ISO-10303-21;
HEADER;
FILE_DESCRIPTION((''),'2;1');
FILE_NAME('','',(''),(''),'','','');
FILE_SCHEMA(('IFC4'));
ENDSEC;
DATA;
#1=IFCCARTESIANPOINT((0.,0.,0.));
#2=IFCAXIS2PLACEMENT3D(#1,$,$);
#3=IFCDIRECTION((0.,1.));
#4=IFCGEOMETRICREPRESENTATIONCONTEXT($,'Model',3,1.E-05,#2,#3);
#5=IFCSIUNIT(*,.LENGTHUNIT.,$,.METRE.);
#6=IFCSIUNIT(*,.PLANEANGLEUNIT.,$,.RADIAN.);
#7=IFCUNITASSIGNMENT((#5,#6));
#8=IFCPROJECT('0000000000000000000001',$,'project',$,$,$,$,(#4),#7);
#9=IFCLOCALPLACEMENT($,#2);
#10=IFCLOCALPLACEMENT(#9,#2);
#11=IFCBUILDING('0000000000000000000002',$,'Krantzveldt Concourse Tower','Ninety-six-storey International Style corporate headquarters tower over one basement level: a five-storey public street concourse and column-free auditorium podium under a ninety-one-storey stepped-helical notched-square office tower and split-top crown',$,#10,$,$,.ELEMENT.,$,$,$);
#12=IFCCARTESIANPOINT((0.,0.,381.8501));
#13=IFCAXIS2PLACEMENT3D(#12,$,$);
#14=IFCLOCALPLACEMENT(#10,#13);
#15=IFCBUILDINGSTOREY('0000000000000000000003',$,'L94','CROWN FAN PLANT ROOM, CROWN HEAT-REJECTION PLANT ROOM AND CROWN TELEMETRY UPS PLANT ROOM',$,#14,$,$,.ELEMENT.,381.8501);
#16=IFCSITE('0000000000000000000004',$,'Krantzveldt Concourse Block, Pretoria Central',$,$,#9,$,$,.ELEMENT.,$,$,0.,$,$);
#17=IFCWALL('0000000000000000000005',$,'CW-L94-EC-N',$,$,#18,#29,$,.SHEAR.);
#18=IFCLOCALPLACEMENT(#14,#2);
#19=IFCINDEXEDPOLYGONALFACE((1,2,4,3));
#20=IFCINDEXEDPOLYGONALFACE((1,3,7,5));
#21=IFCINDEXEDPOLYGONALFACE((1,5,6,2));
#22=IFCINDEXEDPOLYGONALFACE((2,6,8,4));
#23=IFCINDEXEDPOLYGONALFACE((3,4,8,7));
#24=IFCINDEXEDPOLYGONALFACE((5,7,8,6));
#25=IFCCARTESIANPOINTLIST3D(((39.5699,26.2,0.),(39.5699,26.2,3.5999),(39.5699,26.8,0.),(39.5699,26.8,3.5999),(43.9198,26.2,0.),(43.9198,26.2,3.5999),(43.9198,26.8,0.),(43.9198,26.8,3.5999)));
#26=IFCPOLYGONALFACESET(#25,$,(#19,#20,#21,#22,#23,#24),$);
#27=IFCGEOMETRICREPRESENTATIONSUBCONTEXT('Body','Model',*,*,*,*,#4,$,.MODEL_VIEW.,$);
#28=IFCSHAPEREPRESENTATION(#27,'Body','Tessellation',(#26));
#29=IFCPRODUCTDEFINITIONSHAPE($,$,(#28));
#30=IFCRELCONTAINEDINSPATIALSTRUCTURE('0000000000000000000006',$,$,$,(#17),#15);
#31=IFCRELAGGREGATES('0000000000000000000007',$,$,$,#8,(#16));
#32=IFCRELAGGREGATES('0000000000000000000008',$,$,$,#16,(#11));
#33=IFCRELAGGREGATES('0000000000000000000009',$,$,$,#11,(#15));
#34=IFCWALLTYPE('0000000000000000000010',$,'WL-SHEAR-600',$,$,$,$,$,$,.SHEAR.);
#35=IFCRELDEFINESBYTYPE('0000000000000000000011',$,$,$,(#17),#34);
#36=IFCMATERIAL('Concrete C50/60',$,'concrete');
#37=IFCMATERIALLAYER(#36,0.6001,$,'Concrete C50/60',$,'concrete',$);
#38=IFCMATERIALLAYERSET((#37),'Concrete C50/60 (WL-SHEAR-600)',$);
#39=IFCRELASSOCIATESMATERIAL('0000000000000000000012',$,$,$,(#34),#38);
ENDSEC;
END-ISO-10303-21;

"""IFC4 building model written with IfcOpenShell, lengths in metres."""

from ifc_helpers import new_model, si_unit, direction, frame, frame_2d, origin, place, context, subcontext, project, spatial, rectangle, extrude, material, layer, layer_set, type_object, element, save


model = new_model("IFC4")

# Units and contexts
model_context = context("Model", 3, precision=1e-05, world=origin(), true_north=direction((0.0, 1.0)))
body_context = subcontext(model_context, "Body", "Model", "MODEL_VIEW")
ifc_project = project(units=[si_unit("LENGTHUNIT", "METRE"), si_unit("PLANEANGLEUNIT", "RADIAN")], contexts=[model_context])

# Site, building, storey
site_placement = place(None, origin())
site = spatial("IfcSite", under=ifc_project, at=site_placement, Name="Krantzveldt Concourse Block, Pretoria Central", CompositionType="ELEMENT", RefElevation=0.0)
building_placement = place(site_placement, origin())
building = spatial("IfcBuilding", under=site, at=building_placement, Name="Krantzveldt Concourse Tower", Description="Ninety-six-storey International Style corporate headquarters tower over one basement level: a five-storey public street concourse and column-free auditorium podium under a ninety-one-storey stepped-helical notched-square office tower and split-top crown", CompositionType="ELEMENT")
storey_placement = place(building_placement, frame((0.0, 0.0, 381.8501)))
storey = spatial("IfcBuildingStorey", under=building, at=storey_placement, Name="L94", Description="CROWN FAN PLANT ROOM, CROWN HEAT-REJECTION PLANT ROOM AND CROWN TELEMETRY UPS PLANT ROOM", CompositionType="ELEMENT", Elevation=381.8501)

# Wall
ifc_material_1 = material(Name="Concrete C50/60", Category="concrete")
ifc_layer_1 = layer(ifc_material_1, 0.6001, Name="Concrete C50/60", Category="concrete")
ifc_layer_set_1 = layer_set([ifc_layer_1], Name="Concrete C50/60 (WL-SHEAR-600)")
wall_type_1 = type_object("IfcWallType", Name="WL-SHEAR-600", PredefinedType="SHEAR", material=ifc_layer_set_1)
wall_1_placement = place(storey_placement, frame((39.5701, 26.5, 0.0), z_axis=(0.0, 0.0, 1.0), x_axis=(1.0, 0.0, 0.0)))
element("IfcWall", 1, at=wall_1_placement, inside=storey, type_object=wall_type_1, Name="CW-L94-EC-N", PredefinedType="SHEAR", context=body_context, shape_type="SweptSolid", body=[
    extrude(rectangle(XDim=4.3499, YDim=0.6001, at=frame_2d((2.1748, 0.0))), origin(), (0.0, 0.0, 1.0), 3.5999),
])

save(model, "model.ifc")
